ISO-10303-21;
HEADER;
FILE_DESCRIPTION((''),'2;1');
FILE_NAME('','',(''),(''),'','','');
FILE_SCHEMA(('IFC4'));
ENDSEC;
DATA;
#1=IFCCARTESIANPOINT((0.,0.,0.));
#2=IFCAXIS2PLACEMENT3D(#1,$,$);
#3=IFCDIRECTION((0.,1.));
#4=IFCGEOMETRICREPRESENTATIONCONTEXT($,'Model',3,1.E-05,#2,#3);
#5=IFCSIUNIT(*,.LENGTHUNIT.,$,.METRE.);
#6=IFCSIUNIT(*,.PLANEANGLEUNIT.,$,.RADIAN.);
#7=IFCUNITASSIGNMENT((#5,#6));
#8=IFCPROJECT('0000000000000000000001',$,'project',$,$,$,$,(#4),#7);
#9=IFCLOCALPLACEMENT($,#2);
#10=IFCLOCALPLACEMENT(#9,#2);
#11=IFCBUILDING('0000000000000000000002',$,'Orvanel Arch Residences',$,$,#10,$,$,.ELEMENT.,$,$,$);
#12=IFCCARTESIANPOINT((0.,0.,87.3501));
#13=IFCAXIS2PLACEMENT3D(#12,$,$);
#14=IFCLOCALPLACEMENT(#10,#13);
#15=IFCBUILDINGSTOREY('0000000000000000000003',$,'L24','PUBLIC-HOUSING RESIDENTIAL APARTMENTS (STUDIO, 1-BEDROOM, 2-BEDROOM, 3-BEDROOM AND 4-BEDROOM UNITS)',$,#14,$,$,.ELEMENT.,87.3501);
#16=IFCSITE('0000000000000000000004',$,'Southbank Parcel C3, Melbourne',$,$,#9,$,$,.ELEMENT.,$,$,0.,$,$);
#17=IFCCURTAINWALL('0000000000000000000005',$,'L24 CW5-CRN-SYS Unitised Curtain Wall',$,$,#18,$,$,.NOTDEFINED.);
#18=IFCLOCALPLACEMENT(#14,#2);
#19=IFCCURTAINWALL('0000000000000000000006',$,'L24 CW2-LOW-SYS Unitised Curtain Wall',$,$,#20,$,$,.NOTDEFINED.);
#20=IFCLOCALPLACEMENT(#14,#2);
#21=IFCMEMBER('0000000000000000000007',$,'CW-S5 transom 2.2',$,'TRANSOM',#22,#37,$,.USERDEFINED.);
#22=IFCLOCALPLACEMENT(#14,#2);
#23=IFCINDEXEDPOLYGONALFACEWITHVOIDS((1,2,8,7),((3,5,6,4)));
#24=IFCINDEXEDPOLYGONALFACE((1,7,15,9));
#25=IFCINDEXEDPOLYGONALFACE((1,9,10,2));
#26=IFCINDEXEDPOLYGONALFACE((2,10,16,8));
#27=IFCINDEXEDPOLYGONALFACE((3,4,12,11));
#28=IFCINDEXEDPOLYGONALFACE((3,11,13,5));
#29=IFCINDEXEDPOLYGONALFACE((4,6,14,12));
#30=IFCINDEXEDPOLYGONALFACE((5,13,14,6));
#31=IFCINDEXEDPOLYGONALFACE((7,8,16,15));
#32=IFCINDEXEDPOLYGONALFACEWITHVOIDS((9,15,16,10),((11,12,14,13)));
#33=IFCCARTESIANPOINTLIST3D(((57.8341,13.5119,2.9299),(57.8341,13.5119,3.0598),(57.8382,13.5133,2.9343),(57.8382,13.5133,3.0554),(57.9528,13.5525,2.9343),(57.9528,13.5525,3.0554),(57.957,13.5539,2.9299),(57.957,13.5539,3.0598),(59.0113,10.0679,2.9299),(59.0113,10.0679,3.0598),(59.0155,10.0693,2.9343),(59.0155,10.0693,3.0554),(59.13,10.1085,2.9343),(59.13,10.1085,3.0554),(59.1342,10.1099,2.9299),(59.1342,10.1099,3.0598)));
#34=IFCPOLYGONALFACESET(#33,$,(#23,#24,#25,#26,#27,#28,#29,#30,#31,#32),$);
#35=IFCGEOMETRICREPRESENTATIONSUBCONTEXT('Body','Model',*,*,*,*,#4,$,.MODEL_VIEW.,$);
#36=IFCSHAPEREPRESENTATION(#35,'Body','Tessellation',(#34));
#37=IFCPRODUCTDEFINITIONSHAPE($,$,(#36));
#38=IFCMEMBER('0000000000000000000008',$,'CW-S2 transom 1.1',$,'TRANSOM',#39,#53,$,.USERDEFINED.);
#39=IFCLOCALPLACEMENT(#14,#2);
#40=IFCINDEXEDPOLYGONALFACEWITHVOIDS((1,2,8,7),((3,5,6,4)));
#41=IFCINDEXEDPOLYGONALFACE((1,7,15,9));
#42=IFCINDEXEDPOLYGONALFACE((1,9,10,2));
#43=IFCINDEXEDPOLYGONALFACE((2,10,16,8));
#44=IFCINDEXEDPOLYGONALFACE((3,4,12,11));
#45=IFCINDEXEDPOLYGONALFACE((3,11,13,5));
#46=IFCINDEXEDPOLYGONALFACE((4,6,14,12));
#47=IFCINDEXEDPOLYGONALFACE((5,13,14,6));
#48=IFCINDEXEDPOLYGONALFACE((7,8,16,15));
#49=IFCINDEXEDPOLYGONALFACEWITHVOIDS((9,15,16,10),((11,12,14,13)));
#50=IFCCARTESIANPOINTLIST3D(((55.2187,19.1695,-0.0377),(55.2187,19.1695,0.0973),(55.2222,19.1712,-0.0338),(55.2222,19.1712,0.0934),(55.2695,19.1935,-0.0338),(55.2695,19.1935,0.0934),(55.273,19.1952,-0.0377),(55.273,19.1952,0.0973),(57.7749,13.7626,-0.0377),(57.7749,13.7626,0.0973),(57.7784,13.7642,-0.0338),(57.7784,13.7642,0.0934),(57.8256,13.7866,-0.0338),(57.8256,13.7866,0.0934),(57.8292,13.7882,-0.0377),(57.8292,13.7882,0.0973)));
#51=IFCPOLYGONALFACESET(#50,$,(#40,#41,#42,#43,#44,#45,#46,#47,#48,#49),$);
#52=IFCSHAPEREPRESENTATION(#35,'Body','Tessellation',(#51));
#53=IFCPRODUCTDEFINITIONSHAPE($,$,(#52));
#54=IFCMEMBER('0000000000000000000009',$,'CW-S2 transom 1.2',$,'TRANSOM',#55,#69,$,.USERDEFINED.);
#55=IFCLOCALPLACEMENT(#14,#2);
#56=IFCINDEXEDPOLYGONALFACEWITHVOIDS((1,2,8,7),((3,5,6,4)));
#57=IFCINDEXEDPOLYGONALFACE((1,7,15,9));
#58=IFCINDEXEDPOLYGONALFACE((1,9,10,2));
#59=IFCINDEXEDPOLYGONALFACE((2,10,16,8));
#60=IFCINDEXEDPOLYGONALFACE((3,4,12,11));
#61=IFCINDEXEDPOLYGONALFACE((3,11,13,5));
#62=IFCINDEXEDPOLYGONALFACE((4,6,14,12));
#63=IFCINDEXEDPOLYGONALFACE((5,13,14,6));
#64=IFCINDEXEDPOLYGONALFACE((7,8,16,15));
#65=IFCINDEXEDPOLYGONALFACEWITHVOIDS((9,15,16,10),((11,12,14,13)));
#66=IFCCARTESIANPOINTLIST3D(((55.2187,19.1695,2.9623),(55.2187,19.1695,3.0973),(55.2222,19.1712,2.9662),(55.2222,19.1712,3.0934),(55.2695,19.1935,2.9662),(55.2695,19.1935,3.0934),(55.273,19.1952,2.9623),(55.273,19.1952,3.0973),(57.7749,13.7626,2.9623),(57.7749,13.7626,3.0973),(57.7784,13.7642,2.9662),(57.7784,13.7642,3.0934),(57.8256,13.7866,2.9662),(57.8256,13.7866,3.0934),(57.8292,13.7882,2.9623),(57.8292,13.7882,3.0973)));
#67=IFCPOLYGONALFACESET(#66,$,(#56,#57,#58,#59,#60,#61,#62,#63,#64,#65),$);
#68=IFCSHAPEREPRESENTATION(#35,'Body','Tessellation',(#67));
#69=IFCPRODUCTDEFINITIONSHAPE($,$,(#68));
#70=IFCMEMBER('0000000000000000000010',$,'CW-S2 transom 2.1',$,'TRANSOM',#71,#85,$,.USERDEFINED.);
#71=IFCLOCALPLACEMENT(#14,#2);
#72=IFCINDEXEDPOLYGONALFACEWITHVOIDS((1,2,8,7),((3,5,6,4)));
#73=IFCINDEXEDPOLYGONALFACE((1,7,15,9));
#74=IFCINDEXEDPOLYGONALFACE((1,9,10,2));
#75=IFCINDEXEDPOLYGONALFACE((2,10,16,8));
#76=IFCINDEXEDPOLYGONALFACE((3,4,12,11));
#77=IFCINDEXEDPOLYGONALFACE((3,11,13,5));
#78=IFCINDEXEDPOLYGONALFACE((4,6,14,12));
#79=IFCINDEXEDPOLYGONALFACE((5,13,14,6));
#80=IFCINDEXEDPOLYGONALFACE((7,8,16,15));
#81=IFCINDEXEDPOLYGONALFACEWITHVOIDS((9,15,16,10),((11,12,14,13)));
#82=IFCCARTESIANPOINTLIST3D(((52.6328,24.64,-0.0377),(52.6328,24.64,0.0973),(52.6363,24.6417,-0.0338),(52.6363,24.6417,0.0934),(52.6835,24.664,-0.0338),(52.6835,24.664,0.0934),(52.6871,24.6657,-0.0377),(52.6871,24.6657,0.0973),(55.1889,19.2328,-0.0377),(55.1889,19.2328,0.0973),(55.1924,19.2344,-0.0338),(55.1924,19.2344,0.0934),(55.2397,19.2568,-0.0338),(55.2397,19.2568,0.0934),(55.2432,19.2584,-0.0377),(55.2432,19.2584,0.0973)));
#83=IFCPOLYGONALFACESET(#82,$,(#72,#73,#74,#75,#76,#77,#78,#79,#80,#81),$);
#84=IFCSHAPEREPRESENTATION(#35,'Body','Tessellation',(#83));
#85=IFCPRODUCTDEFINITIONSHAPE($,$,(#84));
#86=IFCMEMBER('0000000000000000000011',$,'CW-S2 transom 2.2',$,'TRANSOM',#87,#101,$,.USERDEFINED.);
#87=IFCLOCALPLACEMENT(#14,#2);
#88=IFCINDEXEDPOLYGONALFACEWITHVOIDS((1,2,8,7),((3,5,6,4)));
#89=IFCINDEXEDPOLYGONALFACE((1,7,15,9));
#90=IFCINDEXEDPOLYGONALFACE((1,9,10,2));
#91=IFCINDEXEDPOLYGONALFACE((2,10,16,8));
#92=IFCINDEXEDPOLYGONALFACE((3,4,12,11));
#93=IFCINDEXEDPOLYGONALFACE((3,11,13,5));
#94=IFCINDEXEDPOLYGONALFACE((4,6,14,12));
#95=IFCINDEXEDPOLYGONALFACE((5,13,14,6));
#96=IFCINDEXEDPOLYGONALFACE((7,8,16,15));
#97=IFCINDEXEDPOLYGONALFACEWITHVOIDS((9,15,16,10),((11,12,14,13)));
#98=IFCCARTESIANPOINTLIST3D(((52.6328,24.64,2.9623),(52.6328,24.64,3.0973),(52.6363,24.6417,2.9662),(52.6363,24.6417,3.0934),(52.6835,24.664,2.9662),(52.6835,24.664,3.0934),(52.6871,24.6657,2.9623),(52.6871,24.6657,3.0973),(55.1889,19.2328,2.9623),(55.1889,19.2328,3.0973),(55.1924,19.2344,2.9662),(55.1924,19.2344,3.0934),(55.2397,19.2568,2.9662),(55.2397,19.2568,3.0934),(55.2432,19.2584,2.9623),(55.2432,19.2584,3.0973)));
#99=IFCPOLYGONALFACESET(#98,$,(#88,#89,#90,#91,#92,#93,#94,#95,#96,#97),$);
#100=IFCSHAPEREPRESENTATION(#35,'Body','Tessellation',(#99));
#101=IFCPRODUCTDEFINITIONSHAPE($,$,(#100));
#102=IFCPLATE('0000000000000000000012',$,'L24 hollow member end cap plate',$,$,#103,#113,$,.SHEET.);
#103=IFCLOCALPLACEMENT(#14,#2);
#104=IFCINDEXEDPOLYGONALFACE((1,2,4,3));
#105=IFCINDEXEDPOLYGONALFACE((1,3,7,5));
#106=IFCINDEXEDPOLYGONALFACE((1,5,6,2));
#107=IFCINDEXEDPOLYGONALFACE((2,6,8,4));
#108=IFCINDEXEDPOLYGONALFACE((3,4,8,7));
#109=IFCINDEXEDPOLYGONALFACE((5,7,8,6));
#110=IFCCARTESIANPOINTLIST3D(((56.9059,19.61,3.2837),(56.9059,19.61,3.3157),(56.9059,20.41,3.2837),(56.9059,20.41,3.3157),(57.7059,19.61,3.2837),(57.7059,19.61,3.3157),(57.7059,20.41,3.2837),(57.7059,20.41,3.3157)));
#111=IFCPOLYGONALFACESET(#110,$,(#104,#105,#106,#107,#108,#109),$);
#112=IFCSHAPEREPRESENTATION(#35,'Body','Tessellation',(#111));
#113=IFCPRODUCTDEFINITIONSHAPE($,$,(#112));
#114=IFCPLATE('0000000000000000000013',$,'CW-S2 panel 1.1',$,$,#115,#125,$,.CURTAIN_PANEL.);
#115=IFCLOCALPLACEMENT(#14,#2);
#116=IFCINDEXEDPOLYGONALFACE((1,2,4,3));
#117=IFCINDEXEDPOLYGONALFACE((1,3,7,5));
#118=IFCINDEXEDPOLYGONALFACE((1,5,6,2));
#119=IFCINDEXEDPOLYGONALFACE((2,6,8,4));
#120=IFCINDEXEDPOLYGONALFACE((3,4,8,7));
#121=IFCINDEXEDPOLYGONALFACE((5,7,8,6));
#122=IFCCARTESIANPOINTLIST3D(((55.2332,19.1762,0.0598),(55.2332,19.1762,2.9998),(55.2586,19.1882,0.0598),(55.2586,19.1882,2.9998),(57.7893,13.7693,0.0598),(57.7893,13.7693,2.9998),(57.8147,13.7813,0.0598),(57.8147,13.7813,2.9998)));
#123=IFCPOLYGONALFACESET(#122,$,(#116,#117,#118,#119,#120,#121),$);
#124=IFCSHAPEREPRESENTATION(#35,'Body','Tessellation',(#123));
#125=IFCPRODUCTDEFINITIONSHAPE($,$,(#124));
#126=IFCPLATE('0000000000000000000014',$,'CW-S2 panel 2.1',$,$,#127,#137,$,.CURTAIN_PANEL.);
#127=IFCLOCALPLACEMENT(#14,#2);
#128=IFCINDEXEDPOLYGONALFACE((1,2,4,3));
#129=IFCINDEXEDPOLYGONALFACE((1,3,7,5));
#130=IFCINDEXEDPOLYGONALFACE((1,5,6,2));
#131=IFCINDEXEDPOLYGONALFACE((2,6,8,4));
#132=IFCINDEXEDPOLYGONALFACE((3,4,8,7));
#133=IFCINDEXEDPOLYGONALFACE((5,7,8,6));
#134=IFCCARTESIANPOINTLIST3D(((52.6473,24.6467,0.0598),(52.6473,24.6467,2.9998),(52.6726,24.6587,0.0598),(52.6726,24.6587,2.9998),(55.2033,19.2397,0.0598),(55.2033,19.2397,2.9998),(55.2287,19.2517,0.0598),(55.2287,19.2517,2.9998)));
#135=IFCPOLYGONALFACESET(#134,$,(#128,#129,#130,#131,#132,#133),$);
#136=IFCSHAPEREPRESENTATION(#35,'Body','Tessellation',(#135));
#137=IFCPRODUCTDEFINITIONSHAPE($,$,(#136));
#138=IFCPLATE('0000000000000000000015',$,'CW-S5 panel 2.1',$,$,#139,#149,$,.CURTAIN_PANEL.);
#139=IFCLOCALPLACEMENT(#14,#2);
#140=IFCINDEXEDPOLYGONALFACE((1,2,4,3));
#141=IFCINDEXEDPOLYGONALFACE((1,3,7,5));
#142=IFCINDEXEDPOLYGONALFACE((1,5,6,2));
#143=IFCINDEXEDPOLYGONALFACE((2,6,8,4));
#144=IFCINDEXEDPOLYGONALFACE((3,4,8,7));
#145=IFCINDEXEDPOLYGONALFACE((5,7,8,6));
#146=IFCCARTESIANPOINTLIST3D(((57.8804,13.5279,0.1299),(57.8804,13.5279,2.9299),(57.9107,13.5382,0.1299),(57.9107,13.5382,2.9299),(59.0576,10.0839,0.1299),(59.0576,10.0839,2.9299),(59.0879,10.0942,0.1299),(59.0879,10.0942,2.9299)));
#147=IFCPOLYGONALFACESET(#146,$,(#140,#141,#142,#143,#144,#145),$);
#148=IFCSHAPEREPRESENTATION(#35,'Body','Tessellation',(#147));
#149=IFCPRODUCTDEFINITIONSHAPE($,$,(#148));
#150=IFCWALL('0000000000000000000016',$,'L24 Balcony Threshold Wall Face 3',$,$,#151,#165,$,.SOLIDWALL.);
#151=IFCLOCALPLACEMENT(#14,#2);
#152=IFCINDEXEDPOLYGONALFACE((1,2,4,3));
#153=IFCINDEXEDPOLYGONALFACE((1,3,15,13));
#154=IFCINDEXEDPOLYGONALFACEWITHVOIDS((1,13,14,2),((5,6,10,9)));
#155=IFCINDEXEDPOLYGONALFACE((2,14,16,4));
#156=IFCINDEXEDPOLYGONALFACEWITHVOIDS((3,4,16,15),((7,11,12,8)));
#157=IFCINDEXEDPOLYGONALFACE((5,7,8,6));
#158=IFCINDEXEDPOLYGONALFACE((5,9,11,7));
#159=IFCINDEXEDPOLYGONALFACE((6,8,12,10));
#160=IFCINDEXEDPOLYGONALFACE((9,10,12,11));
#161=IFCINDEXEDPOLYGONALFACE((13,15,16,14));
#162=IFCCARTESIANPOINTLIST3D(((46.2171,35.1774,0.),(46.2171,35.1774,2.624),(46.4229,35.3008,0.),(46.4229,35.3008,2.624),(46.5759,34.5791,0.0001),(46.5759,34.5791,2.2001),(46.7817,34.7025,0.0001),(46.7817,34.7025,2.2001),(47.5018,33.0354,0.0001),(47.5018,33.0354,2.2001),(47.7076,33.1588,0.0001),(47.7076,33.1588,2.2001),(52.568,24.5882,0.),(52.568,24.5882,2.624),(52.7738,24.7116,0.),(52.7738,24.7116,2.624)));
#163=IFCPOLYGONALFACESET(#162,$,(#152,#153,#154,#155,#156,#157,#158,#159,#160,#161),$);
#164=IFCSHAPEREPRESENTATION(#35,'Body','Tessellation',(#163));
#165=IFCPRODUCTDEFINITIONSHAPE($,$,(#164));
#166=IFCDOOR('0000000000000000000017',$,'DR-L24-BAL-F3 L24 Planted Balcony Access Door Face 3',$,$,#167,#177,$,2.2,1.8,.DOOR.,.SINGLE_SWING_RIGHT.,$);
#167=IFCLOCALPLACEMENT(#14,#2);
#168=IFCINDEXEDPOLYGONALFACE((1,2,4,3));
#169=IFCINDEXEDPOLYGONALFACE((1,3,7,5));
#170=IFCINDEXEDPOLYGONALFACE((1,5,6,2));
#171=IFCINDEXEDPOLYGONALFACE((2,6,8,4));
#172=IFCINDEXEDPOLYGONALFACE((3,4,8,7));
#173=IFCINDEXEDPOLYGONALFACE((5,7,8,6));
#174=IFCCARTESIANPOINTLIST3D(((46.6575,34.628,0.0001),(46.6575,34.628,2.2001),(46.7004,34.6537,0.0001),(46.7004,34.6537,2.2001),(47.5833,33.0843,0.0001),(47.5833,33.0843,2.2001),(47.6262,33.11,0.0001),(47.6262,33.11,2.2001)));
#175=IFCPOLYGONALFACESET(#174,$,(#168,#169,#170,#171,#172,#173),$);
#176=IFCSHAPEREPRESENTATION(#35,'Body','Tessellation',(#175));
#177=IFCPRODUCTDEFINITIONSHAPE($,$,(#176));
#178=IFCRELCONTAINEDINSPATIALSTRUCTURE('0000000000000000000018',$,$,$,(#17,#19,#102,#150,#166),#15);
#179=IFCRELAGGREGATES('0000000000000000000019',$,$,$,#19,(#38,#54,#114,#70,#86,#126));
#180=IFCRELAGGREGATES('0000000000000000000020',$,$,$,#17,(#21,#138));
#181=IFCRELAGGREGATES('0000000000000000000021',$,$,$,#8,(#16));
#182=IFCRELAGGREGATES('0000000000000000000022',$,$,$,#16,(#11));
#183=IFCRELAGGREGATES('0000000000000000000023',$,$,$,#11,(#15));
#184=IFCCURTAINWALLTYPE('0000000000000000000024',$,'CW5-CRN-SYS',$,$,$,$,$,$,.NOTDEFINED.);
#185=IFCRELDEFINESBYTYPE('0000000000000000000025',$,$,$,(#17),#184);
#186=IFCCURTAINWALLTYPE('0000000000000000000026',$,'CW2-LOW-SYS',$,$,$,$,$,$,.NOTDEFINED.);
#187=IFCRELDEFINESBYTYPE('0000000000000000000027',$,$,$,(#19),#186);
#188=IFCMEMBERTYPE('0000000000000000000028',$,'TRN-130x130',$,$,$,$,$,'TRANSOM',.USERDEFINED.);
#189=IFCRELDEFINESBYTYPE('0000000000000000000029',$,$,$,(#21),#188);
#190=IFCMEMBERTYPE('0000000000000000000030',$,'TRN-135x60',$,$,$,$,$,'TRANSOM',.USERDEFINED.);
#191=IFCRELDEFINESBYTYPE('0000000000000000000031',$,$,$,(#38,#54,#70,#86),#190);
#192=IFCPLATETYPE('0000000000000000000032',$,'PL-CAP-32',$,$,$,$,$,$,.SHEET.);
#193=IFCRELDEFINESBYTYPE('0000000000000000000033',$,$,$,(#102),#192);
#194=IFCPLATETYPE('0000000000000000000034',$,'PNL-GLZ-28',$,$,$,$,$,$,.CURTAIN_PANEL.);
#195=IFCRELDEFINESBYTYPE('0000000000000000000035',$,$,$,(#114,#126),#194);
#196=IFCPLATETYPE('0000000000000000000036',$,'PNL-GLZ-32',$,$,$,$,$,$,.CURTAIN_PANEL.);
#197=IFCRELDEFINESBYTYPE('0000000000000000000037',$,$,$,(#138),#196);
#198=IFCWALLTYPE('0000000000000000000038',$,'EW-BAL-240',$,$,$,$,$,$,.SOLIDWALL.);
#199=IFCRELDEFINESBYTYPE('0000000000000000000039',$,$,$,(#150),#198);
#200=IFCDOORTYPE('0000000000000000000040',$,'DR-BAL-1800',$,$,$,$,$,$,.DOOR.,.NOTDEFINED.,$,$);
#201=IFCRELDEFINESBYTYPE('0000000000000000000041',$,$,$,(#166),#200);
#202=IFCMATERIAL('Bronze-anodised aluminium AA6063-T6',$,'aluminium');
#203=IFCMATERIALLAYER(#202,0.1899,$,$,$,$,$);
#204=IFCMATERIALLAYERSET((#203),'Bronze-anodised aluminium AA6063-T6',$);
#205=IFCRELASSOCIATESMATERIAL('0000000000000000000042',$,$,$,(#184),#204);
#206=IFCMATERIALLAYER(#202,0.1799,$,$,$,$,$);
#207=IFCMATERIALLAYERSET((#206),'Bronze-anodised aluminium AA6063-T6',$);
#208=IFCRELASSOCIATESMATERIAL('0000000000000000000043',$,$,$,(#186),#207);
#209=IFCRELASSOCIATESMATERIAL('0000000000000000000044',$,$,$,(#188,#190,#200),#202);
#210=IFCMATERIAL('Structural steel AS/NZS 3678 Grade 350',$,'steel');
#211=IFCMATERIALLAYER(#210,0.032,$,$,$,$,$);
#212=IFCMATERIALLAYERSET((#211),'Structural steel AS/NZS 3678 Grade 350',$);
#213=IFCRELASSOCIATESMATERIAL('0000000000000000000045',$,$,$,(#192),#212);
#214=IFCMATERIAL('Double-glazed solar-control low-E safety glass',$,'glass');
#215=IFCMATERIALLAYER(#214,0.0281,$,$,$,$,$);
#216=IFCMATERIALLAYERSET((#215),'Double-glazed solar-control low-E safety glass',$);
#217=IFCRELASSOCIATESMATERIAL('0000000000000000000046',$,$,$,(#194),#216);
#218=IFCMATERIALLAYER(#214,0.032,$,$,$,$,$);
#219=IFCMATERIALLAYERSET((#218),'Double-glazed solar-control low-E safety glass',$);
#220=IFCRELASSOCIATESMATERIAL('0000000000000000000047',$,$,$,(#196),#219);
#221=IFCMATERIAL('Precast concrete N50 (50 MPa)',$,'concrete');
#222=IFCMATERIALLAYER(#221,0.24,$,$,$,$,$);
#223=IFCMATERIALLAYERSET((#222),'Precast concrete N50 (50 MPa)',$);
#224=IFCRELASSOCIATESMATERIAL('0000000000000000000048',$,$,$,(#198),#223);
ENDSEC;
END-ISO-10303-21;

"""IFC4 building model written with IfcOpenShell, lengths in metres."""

from ifc_helpers import new_model, si_unit, direction, frame, frame_2d, origin, origin_2d, place, context, subcontext, project, spatial, rectangle, hollow_rectangle, extrude, material, layer, layer_set, material_profile, profile_set, type_object, element, fill, aggregate, save


model = new_model("IFC4")

# Units and contexts
model_context = context("Model", 3, precision=1e-05, world=origin(), true_north=direction((0.0, 1.0)))
body_context = subcontext(model_context, "Body", "Model", "MODEL_VIEW")
ifc_project = project(units=[si_unit("LENGTHUNIT", "METRE"), si_unit("PLANEANGLEUNIT", "RADIAN")], contexts=[model_context])

# Site, building, storey
site_placement = place(None, origin())
site = spatial("IfcSite", under=ifc_project, at=site_placement, Name="Southbank Parcel C3, Melbourne", CompositionType="ELEMENT", RefElevation=0.0)
building_placement = place(site_placement, origin())
building = spatial("IfcBuilding", under=site, at=building_placement, Name="Orvanel Arch Residences", CompositionType="ELEMENT")
storey_placement = place(building_placement, frame((0.0, 0.0, 87.3501)))
storey = spatial("IfcBuildingStorey", under=building, at=storey_placement, Name="L24", Description="PUBLIC-HOUSING RESIDENTIAL APARTMENTS (STUDIO, 1-BEDROOM, 2-BEDROOM, 3-BEDROOM AND 4-BEDROOM UNITS)", CompositionType="ELEMENT", Elevation=87.3501)

# Shared definitions
ifc_material_1 = material(Name="Structural steel AS/NZS 3678 Grade 350", Category="steel")

# Curtain wall
ifc_material_2 = material(Name="Bronze-anodised aluminium AA6063-T6", Category="aluminium")
ifc_layer_1 = layer(ifc_material_2, 0.1899)
ifc_layer_set_1 = layer_set([ifc_layer_1], Name="Bronze-anodised aluminium AA6063-T6")
curtain_wall_type_1 = type_object("IfcCurtainWallType", Name="CW5-CRN-SYS", PredefinedType="NOTDEFINED", material=ifc_layer_set_1)
curtain_wall_1_placement = place(storey_placement, origin())
curtain_wall_1 = element("IfcCurtainWall", 1, at=curtain_wall_1_placement, inside=storey, type_object=curtain_wall_type_1, Name="L24 CW5-CRN-SYS Unitised Curtain Wall", PredefinedType="NOTDEFINED")

# Curtain wall
ifc_layer_2 = layer(ifc_material_2, 0.1799)
ifc_layer_set_2 = layer_set([ifc_layer_2], Name="Bronze-anodised aluminium AA6063-T6")
curtain_wall_type_2 = type_object("IfcCurtainWallType", Name="CW2-LOW-SYS", PredefinedType="NOTDEFINED", material=ifc_layer_set_2)
curtain_wall_2_placement = place(storey_placement, origin())
curtain_wall_2 = element("IfcCurtainWall", 2, at=curtain_wall_2_placement, inside=storey, type_object=curtain_wall_type_2, Name="L24 CW2-LOW-SYS Unitised Curtain Wall", PredefinedType="NOTDEFINED")

# Members
ifc_material_profile_1 = material_profile(ifc_material_2, hollow_rectangle(XDim=0.1299, YDim=0.1299, WallThickness=0.0044, at=origin_2d()), Name="ALU130x130x4.5")
ifc_profile_set_1 = profile_set([ifc_material_profile_1], Name="Bronze-anodised aluminium AA6063-T6")
member_type_1 = type_object("IfcMemberType", Name="TRN-130x130", ElementType="TRANSOM", PredefinedType="USERDEFINED", material=ifc_profile_set_1)
member_1_placement = place(storey_placement, frame((59.0728, 10.0889, 2.9949), z_axis=(-0.323443, 0.946248, 0.0), x_axis=(-0.946248, -0.323443, 0.0)))
member_1 = element("IfcMember", 3, at=member_1_placement, type_object=member_type_1, Name="CW-S5 transom 2.2", ObjectType="TRANSOM", PredefinedType="USERDEFINED", context=body_context, shape_type="SweptSolid", body=[
    extrude(hollow_rectangle(XDim=0.1299, YDim=0.1299, WallThickness=0.0044, at=origin_2d()), origin(), (0.0, 0.0, 1.0), 3.6396),
])
ifc_material_profile_2 = material_profile(ifc_material_2, hollow_rectangle(XDim=0.0601, YDim=0.135, WallThickness=0.0039, at=origin_2d()), Name="ALU135x60x4")
ifc_profile_set_2 = profile_set([ifc_material_profile_2], Name="Bronze-anodised aluminium AA6063-T6")
member_type_2 = type_object("IfcMemberType", Name="TRN-135x60", ElementType="TRANSOM", PredefinedType="USERDEFINED", material=ifc_profile_set_2)
member_2_placement = place(storey_placement, frame((57.802, 13.7754, 0.0298), z_axis=(-0.427397, 0.904064, 0.0), x_axis=(-0.904064, -0.427397, 0.0)))
member_2 = element("IfcMember", 4, at=member_2_placement, type_object=member_type_2, Name="CW-S2 transom 1.1", ObjectType="TRANSOM", PredefinedType="USERDEFINED", context=body_context, shape_type="SweptSolid", body=[
    extrude(hollow_rectangle(XDim=0.0601, YDim=0.135, WallThickness=0.0039, at=origin_2d()), origin(), (0.0, 0.0, 1.0), 5.9807),
])
member_3_placement = place(storey_placement, frame((57.802, 13.7754, 3.0298), z_axis=(-0.427397, 0.904064, 0.0), x_axis=(-0.904064, -0.427397, 0.0)))
member_3 = element("IfcMember", 5, at=member_3_placement, type_object=member_type_2, Name="CW-S2 transom 1.2", ObjectType="TRANSOM", PredefinedType="USERDEFINED", context=body_context, shape_type="SweptSolid", body=[
    extrude(hollow_rectangle(XDim=0.0601, YDim=0.135, WallThickness=0.0039, at=origin_2d()), origin(), (0.0, 0.0, 1.0), 5.9807),
])
member_4_placement = place(storey_placement, frame((55.2161, 19.2456, 0.0298), z_axis=(-0.427381, 0.904072, 0.0), x_axis=(-0.904072, -0.427381, 0.0)))
member_4 = element("IfcMember", 6, at=member_4_placement, type_object=member_type_2, Name="CW-S2 transom 2.1", ObjectType="TRANSOM", PredefinedType="USERDEFINED", context=body_context, shape_type="SweptSolid", body=[
    extrude(hollow_rectangle(XDim=0.0601, YDim=0.135, WallThickness=0.0039, at=origin_2d()), origin(), (0.0, 0.0, 1.0), 5.981),
])
member_5_placement = place(storey_placement, frame((55.2161, 19.2456, 3.0298), z_axis=(-0.427381, 0.904072, 0.0), x_axis=(-0.904072, -0.427381, 0.0)))
member_5 = element("IfcMember", 7, at=member_5_placement, type_object=member_type_2, Name="CW-S2 transom 2.2", ObjectType="TRANSOM", PredefinedType="USERDEFINED", context=body_context, shape_type="SweptSolid", body=[
    extrude(hollow_rectangle(XDim=0.0601, YDim=0.135, WallThickness=0.0039, at=origin_2d()), origin(), (0.0, 0.0, 1.0), 5.981),
])

# Plates
ifc_layer_3 = layer(ifc_material_1, 0.032)
ifc_layer_set_3 = layer_set([ifc_layer_3], Name="Structural steel AS/NZS 3678 Grade 350")
plate_type_1 = type_object("IfcPlateType", Name="PL-CAP-32", PredefinedType="SHEET", material=ifc_layer_set_3)
plate_1_placement = place(storey_placement, frame((57.3059, 20.01, 3.2837), z_axis=(0.0, 0.0, 1.0), x_axis=(1.0, 0.0, 0.0)))
element("IfcPlate", 8, at=plate_1_placement, inside=storey, type_object=plate_type_1, Name="L24 hollow member end cap plate", PredefinedType="SHEET", context=body_context, shape_type="SweptSolid", body=[
    extrude(rectangle(XDim=0.8, YDim=0.8, at=origin_2d()), origin(), (0.0, 0.0, 1.0), 0.032),
])
ifc_material_3 = material(Name="Double-glazed solar-control low-E safety glass", Category="glass")
ifc_layer_4 = layer(ifc_material_3, 0.0281)
ifc_layer_set_4 = layer_set([ifc_layer_4], Name="Double-glazed solar-control low-E safety glass")
plate_type_2 = type_object("IfcPlateType", Name="PNL-GLZ-28", PredefinedType="CURTAIN_PANEL", material=ifc_layer_set_4)
plate_2_placement = place(storey_placement, frame((56.5239, 16.4788, 0.0598), z_axis=(0.0, 0.0, 1.0), x_axis=(-0.427387, 0.904069, 0.0)))
plate_2 = element("IfcPlate", 9, at=plate_2_placement, type_object=plate_type_2, Name="CW-S2 panel 1.1", PredefinedType="CURTAIN_PANEL", context=body_context, shape_type="SweptSolid", body=[
    extrude(rectangle(XDim=5.9807, YDim=0.0281, at=origin_2d()), origin(), (0.0, 0.0, 1.0), 2.9399),
])
plate_3_placement = place(storey_placement, frame((53.938, 21.9492, 0.0598), z_axis=(0.0, 0.0, 1.0), x_axis=(-0.427387, 0.904069, 0.0)))
plate_3 = element("IfcPlate", 10, at=plate_3_placement, type_object=plate_type_2, Name="CW-S2 panel 2.1", PredefinedType="CURTAIN_PANEL", context=body_context, shape_type="SweptSolid", body=[
    extrude(rectangle(XDim=5.9807, YDim=0.0281, at=origin_2d()), origin(), (0.0, 0.0, 1.0), 2.9399),
])
aggregate(curtain_wall_2, [member_2, member_3, plate_2, member_4, member_5, plate_3])
ifc_layer_5 = layer(ifc_material_3, 0.032)
ifc_layer_set_5 = layer_set([ifc_layer_5], Name="Double-glazed solar-control low-E safety glass")
plate_type_3 = type_object("IfcPlateType", Name="PNL-GLZ-32", PredefinedType="CURTAIN_PANEL", material=ifc_layer_set_5)
plate_4_placement = place(storey_placement, frame((58.4841, 11.811, 0.1299), z_axis=(0.0, 0.0, 1.0), x_axis=(-0.323438, 0.946249, 0.0)))
plate_4 = element("IfcPlate", 11, at=plate_4_placement, type_object=plate_type_3, Name="CW-S5 panel 2.1", PredefinedType="CURTAIN_PANEL", context=body_context, shape_type="SweptSolid", body=[
    extrude(rectangle(XDim=3.6396, YDim=0.032, at=origin_2d()), origin(), (0.0, 0.0, 1.0), 2.8),
])
aggregate(curtain_wall_1, [member_1, plate_4])

# Wall, opening, door
ifc_material_4 = material(Name="Precast concrete N50 (50 MPa)", Category="concrete")
ifc_layer_6 = layer(ifc_material_4, 0.24)
ifc_layer_set_6 = layer_set([ifc_layer_6], Name="Precast concrete N50 (50 MPa)")
wall_type = type_object("IfcWallType", Name="EW-BAL-240", PredefinedType="SOLIDWALL", material=ifc_layer_set_6)
wall_placement = place(storey_placement, frame((52.6709, 24.6499, 0.0), z_axis=(0.0, 0.0, 1.0), x_axis=(-0.514339, 0.857587, 0.0)))
wall = element("IfcWall", 12, at=wall_placement, inside=storey, type_object=wall_type, Name="L24 Balcony Threshold Wall Face 3", PredefinedType="SOLIDWALL", context=body_context, shape_type="SweptSolid", body=[
    extrude(rectangle(XDim=12.3477, YDim=0.24, at=frame_2d((6.1738, 0.0))), origin(), (0.0, 0.0, 1.0), 2.624),
])
opening_placement = place(wall_placement, frame((9.8501, 0.0, 0.0)))
opening = element("IfcOpeningElement", 13, at=opening_placement, cuts=wall, PredefinedType="OPENING", context=body_context, shape_type="SweptSolid", body=[
    extrude(rectangle(XDim=1.8, YDim=2.2, at=frame_2d((0.8999, 1.1001))), frame((0.0, 0.1299, 0.0), z_axis=(0.0, -1.0, 0.0), x_axis=(1.0, 0.0, 0.0)), (0.0, 0.0, 1.0), 0.26),
])
door_type = type_object("IfcDoorType", Name="DR-BAL-1800", OperationType="NOTDEFINED", PredefinedType="DOOR", material=ifc_material_2)
door_placement = place(opening_placement, origin())
door = element("IfcDoor", 14, at=door_placement, inside=storey, type_object=door_type, Name="DR-L24-BAL-F3 L24 Planted Balcony Access Door Face 3", OperationType="SINGLE_SWING_RIGHT", OverallHeight=2.2, OverallWidth=1.8, PredefinedType="DOOR", context=body_context, shape_type="SweptSolid", body=[
    extrude(rectangle(XDim=1.8, YDim=2.2, at=frame_2d((0.8999, 1.1001))), frame((0.0, 0.0249, 0.0), z_axis=(0.0, -1.0, 0.0), x_axis=(1.0, 0.0, 0.0)), (0.0, 0.0, 1.0), 0.05),
])
fill(opening, door)

save(model, "model.ifc")
